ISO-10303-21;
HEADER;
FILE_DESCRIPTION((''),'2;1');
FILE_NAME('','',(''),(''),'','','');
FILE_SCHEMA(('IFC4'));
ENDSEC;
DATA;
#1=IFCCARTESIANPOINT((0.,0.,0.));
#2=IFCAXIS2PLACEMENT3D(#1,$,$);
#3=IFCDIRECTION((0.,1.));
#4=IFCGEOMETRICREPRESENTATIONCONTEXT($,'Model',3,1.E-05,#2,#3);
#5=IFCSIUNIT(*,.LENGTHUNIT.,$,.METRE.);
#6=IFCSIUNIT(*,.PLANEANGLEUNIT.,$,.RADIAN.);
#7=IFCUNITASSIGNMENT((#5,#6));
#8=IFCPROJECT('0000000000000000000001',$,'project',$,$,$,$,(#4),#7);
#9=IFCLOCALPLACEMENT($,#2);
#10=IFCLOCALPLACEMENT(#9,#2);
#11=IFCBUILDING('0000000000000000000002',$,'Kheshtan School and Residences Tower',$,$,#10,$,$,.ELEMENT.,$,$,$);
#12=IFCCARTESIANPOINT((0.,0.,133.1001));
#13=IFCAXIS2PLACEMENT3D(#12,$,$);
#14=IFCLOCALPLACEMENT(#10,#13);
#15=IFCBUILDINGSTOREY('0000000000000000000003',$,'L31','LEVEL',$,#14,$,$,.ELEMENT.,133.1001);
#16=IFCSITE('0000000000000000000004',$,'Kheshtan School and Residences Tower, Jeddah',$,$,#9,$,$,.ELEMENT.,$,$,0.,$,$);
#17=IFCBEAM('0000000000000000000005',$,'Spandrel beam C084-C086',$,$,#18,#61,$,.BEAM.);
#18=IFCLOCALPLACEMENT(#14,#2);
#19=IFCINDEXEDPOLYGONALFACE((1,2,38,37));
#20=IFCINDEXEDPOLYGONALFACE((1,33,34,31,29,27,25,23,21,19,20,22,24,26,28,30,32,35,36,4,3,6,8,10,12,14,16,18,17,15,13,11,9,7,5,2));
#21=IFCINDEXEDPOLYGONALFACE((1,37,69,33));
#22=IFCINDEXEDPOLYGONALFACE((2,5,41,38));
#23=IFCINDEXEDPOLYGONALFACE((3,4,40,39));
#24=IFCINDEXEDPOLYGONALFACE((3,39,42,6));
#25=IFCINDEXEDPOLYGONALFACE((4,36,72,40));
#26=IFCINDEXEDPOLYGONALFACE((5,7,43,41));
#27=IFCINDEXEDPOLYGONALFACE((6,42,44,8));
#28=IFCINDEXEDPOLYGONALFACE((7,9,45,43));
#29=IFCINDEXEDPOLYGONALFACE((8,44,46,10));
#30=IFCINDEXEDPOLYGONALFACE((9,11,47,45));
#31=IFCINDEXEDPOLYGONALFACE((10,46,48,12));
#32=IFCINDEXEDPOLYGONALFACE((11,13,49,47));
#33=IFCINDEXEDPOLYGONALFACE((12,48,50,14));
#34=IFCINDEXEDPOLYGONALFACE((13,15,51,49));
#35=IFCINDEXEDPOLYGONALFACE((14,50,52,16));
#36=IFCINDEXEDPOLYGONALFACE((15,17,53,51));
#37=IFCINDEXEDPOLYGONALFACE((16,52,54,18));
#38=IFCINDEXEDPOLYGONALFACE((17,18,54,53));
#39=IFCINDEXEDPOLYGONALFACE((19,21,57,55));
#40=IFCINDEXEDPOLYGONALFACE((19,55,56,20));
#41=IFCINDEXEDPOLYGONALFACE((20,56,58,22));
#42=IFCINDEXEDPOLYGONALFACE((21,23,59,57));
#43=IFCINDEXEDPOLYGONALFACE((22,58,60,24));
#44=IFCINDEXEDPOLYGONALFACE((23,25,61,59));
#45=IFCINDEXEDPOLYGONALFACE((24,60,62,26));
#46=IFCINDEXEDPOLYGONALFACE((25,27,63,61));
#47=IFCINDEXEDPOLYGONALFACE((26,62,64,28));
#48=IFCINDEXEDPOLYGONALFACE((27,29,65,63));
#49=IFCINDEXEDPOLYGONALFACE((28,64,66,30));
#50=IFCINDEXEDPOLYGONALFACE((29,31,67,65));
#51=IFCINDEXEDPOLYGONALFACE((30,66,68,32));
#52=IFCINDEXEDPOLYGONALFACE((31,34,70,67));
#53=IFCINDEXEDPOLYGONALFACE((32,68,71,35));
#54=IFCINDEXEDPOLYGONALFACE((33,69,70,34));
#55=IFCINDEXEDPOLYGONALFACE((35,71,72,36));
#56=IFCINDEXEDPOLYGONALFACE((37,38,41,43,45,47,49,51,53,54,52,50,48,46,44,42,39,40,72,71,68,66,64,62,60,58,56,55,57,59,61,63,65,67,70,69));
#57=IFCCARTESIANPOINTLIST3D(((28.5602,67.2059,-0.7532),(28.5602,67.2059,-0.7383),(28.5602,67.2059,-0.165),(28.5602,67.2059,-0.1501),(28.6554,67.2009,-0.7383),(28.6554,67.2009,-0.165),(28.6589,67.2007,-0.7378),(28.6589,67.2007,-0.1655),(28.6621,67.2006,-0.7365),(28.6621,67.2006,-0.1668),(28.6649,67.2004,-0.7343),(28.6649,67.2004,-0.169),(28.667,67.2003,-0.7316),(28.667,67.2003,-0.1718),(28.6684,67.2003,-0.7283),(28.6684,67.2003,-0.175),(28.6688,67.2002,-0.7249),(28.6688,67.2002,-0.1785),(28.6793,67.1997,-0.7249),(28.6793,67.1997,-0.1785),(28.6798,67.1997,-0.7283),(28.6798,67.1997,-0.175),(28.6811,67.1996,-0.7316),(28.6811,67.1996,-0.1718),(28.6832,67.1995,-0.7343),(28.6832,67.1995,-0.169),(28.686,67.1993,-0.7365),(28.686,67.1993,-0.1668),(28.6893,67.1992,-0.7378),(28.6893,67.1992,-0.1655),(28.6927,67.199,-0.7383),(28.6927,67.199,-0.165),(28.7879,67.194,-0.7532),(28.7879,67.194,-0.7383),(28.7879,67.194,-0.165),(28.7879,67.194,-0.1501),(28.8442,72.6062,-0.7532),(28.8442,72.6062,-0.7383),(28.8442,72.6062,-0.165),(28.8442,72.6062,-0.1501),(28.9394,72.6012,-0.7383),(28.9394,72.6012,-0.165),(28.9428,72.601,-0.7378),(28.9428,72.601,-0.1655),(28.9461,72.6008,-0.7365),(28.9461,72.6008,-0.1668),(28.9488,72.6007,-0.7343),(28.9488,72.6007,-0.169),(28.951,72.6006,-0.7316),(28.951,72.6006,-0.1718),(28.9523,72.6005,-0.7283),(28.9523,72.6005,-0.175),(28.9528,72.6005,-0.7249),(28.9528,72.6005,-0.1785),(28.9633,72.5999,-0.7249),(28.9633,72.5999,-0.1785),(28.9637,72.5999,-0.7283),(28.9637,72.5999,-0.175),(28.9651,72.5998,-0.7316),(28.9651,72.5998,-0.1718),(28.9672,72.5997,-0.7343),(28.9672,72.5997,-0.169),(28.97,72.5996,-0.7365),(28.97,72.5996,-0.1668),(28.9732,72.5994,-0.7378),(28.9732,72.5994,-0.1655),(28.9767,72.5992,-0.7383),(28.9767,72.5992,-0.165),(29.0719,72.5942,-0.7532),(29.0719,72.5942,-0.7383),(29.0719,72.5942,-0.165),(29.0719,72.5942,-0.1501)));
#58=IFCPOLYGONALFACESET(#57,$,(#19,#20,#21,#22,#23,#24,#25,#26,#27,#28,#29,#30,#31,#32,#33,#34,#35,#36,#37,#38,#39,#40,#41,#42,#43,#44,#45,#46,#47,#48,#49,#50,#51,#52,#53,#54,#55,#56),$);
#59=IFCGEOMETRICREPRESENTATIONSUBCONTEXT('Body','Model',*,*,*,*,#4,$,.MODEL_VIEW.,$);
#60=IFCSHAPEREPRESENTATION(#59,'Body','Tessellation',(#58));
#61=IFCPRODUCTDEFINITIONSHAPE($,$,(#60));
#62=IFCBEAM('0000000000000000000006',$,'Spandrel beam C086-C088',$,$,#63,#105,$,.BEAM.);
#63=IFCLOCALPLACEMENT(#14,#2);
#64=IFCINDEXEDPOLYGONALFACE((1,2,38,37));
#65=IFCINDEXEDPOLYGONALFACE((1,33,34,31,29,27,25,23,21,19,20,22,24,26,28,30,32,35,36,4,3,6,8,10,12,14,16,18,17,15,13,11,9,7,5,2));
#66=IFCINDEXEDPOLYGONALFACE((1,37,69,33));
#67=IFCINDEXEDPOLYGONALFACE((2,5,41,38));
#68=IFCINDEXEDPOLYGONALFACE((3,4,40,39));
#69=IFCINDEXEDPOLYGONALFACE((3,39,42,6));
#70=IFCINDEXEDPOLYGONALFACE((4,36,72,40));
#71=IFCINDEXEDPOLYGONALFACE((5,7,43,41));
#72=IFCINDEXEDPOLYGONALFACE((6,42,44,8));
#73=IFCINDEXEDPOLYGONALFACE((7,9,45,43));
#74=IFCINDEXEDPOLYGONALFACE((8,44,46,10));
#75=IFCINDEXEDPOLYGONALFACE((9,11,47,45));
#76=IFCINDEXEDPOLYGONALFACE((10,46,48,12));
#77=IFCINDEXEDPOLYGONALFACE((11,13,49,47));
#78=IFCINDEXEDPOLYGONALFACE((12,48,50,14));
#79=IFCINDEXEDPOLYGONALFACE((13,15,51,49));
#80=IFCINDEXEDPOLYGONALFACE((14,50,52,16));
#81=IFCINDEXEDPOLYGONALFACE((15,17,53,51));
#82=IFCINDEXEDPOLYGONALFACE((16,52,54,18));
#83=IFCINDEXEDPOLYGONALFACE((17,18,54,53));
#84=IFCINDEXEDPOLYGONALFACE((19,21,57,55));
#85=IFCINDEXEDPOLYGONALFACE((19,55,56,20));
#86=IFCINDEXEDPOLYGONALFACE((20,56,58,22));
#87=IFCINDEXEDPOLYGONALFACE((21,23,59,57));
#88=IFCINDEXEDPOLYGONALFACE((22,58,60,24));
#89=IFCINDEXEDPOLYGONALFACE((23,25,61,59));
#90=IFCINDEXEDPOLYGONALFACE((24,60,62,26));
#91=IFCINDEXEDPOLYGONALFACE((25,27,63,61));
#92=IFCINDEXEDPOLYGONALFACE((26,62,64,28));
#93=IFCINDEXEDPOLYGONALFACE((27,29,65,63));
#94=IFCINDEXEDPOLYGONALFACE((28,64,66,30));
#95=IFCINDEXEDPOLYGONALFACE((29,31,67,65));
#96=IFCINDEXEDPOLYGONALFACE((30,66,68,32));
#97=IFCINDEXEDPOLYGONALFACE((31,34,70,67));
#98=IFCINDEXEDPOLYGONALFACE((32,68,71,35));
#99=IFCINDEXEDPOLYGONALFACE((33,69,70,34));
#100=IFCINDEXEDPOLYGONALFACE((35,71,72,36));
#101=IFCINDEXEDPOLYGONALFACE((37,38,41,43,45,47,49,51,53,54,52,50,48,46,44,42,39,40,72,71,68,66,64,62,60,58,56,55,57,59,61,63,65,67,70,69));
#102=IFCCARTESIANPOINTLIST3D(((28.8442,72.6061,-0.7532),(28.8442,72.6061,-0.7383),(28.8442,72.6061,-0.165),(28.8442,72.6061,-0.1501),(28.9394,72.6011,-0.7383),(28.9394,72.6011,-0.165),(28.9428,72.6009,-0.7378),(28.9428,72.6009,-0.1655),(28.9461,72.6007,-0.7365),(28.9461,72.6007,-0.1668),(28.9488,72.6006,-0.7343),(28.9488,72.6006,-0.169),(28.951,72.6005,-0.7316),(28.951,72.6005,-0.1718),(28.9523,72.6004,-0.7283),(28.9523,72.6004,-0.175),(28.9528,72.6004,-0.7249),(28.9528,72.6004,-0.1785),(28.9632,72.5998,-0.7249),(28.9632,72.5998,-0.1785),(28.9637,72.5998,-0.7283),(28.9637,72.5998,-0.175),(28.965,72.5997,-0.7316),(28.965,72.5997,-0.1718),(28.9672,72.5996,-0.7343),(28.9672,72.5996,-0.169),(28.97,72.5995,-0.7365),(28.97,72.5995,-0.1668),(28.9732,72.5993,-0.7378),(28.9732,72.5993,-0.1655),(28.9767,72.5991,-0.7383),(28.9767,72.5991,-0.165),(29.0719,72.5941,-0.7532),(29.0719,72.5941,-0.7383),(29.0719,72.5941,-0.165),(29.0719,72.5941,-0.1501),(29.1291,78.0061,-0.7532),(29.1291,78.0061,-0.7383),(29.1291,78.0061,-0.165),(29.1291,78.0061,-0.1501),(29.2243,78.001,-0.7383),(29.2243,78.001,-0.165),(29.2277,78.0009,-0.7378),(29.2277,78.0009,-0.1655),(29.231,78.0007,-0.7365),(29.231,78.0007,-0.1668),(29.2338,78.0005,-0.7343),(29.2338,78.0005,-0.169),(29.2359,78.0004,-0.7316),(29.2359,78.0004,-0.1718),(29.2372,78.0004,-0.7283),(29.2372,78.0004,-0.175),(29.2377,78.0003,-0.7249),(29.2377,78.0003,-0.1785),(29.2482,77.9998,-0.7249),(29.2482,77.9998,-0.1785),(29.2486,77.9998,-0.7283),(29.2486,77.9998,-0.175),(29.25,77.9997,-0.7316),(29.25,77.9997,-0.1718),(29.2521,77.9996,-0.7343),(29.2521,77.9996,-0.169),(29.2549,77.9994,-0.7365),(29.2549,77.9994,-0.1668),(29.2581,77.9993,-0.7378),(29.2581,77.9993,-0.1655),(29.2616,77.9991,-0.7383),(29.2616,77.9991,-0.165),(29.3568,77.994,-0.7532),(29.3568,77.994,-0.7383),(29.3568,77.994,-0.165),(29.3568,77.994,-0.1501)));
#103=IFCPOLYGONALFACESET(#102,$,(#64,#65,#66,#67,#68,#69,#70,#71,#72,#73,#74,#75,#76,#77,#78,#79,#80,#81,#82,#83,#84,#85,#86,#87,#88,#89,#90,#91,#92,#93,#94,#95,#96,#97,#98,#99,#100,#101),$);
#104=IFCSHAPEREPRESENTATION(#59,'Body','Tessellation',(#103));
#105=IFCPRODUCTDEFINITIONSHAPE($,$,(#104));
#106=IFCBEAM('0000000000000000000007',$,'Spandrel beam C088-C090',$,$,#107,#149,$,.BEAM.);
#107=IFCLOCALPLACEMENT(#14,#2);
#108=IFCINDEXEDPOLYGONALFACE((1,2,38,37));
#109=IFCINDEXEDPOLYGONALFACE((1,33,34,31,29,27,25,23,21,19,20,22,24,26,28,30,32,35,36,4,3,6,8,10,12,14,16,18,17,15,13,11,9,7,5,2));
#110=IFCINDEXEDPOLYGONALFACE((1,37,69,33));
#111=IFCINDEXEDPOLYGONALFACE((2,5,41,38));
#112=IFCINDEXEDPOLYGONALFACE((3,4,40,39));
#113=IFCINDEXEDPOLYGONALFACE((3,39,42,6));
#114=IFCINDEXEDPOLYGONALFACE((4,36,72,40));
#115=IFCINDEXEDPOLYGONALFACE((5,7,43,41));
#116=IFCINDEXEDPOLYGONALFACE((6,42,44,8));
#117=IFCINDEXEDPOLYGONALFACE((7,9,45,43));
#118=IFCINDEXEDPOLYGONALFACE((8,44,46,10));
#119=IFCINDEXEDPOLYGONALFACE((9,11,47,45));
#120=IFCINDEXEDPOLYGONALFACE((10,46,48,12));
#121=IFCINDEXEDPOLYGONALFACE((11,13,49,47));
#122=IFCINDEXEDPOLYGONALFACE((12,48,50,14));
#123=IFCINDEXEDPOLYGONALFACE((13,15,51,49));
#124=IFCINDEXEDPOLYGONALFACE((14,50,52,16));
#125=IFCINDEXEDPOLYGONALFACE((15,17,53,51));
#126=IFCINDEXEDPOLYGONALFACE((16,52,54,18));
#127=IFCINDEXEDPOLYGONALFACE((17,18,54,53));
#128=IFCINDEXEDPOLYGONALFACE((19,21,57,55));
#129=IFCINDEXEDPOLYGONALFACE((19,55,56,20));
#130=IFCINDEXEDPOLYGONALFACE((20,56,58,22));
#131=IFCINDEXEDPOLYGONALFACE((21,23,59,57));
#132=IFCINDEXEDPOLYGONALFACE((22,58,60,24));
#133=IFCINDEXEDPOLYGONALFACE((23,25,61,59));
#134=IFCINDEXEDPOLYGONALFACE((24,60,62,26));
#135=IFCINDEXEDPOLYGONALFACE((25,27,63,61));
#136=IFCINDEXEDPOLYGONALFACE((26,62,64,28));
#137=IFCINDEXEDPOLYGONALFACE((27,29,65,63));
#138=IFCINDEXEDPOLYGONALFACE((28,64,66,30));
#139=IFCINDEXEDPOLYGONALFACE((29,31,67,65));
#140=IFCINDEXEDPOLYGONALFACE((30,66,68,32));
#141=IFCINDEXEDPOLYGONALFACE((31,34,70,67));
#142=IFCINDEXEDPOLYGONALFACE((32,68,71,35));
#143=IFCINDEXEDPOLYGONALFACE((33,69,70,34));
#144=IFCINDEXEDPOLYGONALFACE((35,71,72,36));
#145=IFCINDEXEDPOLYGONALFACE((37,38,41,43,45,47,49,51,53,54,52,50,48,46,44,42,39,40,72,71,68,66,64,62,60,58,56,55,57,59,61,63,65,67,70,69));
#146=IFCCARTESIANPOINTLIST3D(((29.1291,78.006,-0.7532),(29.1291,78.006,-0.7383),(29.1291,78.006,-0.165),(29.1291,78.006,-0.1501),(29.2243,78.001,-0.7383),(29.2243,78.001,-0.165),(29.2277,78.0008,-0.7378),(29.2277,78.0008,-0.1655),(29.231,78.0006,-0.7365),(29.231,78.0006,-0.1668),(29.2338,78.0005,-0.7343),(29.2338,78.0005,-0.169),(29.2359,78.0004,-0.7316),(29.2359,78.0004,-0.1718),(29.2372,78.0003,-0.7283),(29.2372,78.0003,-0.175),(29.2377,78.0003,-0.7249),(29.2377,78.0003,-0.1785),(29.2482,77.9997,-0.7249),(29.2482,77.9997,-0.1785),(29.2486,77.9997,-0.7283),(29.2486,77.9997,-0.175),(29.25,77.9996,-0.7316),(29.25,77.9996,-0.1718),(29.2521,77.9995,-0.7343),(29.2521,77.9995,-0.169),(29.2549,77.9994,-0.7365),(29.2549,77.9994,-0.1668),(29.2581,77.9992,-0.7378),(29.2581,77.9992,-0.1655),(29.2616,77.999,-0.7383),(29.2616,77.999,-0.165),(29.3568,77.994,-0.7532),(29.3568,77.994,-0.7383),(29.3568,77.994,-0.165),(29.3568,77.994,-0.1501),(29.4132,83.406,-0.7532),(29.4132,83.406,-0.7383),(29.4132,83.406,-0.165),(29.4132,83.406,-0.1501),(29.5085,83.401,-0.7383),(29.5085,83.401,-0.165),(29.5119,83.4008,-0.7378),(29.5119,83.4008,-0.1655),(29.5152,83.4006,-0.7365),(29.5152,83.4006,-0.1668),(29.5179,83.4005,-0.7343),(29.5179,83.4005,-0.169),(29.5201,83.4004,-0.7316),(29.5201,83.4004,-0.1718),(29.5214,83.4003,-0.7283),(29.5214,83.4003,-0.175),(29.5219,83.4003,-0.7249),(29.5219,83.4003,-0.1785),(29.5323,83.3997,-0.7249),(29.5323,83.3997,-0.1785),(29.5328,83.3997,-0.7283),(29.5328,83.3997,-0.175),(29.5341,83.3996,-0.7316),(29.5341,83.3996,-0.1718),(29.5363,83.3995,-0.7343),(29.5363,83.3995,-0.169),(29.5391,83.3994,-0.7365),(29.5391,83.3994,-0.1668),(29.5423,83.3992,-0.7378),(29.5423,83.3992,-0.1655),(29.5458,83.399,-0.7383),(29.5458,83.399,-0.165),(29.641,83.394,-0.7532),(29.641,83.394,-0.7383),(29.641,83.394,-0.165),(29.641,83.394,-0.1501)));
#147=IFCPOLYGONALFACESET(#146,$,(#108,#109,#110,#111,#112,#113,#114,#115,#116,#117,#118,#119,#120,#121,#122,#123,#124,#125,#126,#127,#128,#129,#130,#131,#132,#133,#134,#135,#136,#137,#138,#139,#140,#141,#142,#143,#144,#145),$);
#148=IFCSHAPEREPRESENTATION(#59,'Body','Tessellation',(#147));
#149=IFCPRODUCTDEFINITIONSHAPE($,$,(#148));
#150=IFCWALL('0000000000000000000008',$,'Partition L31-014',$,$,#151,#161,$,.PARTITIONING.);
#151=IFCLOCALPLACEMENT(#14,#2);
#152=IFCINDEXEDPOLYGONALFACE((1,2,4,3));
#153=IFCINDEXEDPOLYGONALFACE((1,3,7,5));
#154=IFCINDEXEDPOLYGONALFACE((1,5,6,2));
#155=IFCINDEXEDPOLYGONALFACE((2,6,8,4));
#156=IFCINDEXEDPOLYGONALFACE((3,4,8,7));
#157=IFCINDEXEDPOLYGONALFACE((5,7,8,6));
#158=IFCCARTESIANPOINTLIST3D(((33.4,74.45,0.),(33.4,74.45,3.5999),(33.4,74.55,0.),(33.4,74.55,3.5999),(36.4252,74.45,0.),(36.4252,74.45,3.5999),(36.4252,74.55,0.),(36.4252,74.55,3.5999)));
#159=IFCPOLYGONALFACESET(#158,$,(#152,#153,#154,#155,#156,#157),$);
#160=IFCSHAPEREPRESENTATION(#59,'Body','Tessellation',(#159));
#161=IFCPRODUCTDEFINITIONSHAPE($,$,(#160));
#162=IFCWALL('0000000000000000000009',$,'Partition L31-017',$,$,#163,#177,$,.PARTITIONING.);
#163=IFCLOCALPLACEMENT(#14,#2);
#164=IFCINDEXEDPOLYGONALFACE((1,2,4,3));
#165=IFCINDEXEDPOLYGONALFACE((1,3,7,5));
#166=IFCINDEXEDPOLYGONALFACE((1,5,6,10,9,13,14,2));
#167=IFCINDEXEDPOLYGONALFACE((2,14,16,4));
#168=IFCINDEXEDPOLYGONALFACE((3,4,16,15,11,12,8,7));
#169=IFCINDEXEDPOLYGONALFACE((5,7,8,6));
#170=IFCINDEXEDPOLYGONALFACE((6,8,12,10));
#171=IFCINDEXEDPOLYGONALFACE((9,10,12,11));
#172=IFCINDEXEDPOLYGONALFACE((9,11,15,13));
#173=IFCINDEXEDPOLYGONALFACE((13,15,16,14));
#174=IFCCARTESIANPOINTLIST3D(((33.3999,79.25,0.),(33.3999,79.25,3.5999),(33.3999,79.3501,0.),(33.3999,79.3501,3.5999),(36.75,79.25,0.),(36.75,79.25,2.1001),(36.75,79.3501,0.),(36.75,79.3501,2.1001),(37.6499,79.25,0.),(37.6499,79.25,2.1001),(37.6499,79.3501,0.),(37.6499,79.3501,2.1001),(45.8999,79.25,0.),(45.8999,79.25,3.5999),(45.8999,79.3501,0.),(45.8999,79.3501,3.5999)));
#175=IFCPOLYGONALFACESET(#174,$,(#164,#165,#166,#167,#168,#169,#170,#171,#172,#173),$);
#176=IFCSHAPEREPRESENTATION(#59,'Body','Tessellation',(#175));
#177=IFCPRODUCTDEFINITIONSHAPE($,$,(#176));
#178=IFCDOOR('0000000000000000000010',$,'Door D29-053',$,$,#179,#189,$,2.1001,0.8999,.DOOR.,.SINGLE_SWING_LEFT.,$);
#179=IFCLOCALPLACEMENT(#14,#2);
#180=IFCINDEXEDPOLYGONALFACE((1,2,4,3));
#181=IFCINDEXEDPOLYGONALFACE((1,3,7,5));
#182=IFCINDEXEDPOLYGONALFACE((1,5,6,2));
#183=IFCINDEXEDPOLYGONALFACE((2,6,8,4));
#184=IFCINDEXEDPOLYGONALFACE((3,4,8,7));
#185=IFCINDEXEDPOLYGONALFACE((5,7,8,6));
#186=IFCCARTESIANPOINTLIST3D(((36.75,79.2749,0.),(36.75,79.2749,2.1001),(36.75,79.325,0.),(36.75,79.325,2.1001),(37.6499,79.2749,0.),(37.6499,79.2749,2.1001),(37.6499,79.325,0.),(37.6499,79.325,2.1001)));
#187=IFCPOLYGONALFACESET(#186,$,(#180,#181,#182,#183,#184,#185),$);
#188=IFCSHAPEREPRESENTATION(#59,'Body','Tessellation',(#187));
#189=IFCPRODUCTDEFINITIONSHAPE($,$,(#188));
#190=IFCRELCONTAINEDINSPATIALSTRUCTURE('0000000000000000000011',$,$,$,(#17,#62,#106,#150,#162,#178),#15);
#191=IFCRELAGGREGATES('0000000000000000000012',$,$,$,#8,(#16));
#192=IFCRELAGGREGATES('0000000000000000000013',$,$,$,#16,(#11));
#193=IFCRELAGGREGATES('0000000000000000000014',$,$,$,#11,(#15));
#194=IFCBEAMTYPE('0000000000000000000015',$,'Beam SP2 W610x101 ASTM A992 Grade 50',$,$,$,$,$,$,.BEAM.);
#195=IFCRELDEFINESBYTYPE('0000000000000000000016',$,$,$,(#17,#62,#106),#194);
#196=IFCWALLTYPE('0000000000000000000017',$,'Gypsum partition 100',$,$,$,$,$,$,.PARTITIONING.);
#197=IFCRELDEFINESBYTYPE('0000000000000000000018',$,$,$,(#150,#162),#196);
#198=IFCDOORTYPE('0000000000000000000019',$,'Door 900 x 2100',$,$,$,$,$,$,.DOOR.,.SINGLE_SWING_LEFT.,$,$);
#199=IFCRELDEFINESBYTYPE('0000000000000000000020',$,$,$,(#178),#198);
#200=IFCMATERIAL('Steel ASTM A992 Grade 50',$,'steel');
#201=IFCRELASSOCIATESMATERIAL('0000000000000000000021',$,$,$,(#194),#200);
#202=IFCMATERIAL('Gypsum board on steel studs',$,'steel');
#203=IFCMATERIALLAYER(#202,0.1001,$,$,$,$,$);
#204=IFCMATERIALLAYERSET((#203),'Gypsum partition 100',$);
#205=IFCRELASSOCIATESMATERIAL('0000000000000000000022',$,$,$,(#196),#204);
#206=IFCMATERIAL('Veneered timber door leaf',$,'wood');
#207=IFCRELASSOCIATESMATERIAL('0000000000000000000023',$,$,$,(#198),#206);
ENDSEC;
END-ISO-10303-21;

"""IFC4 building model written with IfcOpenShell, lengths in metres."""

from ifc_helpers import new_model, si_unit, direction, frame, frame_2d, origin, origin_2d, place, context, subcontext, project, spatial, rectangle, i_section, extrude, source, transform, mapped, material, layer, layer_set, material_profile, profile_set, type_object, element, fill, save


model = new_model("IFC4")

# Units and contexts
model_context = context("Model", 3, precision=1e-05, world=origin(), true_north=direction((0.0, 1.0)))
body_context = subcontext(model_context, "Body", "Model", "MODEL_VIEW")
ifc_project = project(units=[si_unit("LENGTHUNIT", "METRE"), si_unit("PLANEANGLEUNIT", "RADIAN")], contexts=[model_context])

# Site, building, storey
site_placement = place(None, origin())
site = spatial("IfcSite", under=ifc_project, at=site_placement, Name="Kheshtan School and Residences Tower, Jeddah", CompositionType="ELEMENT", RefElevation=0.0)
building_placement = place(site_placement, origin())
building = spatial("IfcBuilding", under=site, at=building_placement, Name="Kheshtan School and Residences Tower", CompositionType="ELEMENT")
storey_placement = place(building_placement, frame((0.0, 0.0, 133.1001)))
storey = spatial("IfcBuildingStorey", under=building, at=storey_placement, Name="L31", Description="LEVEL", CompositionType="ELEMENT", Elevation=133.1001)

# Shared definitions
ifc_material_1 = material(Name="Steel ASTM A992 Grade 50", Category="steel")

# Beams
ifc_material_profile_1 = material_profile(ifc_material_1, i_section(OverallWidth=0.228, OverallDepth=0.603, WebThickness=0.0105, FlangeThickness=0.0149, FilletRadius=0.0134, at=origin_2d()), Name="W610x101")
ifc_profile_set_1 = profile_set([ifc_material_profile_1], Name="Steel ASTM A992 Grade 50")
beam_type_1 = type_object("IfcBeamType", Name="Beam SP2 W610x101 ASTM A992 Grade 50", PredefinedType="BEAM", material=ifc_profile_set_1)
beam_1_placement = place(storey_placement, frame((28.6741, 67.2, -0.4517), z_axis=(0.052507, 0.998621, 0.0), x_axis=(-0.998621, 0.052507, 0.0)))
element("IfcBeam", 1, at=beam_1_placement, inside=storey, type_object=beam_type_1, Name="Spandrel beam C084-C086", PredefinedType="BEAM", context=body_context, shape_type="SweptSolid", body=[
    extrude(i_section(OverallWidth=0.228, OverallDepth=0.603, WebThickness=0.0105, FlangeThickness=0.0149, FilletRadius=0.0134, at=origin_2d()), origin(), (0.0, 0.0, 1.0), 5.4077),
])
for number, where, z_axis, x_axis, name in (
    (2, (28.958, 72.6001, -0.4517), (0.052689, 0.998611, 0.0), (-0.998611, 0.052689, 0.0), "Spandrel beam C086-C088"),
    (3, (29.2429, 78.0, -0.4517), (0.052554, 0.998618, 0.0), (-0.998618, 0.052554, 0.0), "Spandrel beam C088-C090"),
):
    element("IfcBeam", number, at=place(storey_placement, frame(where, z_axis=z_axis, x_axis=x_axis)), inside=storey, type_object=beam_type_1, Name=name, PredefinedType="BEAM", context=body_context, shape_type="SweptSolid", body=[
        extrude(i_section(OverallWidth=0.228, OverallDepth=0.603, WebThickness=0.0105, FlangeThickness=0.0149, FilletRadius=0.0134, at=origin_2d()), origin(), (0.0, 0.0, 1.0), 5.4075),
    ])

# Wall
ifc_material_2 = material(Name="Gypsum board on steel studs", Category="steel")
ifc_layer_1 = layer(ifc_material_2, 0.1001)
ifc_layer_set_1 = layer_set([ifc_layer_1], Name="Gypsum partition 100")
wall_type_1 = type_object("IfcWallType", Name="Gypsum partition 100", PredefinedType="PARTITIONING", material=ifc_layer_set_1)
wall_1_placement = place(storey_placement, frame((33.3999, 74.5, 0.0), z_axis=(0.0, 0.0, 1.0), x_axis=(1.0, 0.0, 0.0)))
element("IfcWall", 4, at=wall_1_placement, inside=storey, type_object=wall_type_1, Name="Partition L31-014", PredefinedType="PARTITIONING", context=body_context, shape_type="SweptSolid", body=[
    extrude(rectangle(XDim=3.0251, YDim=0.1001, at=frame_2d((1.5127, 0.0))), origin(), (0.0, 0.0, 1.0), 3.5999),
])

# Wall, opening, door
wall_2_placement = place(storey_placement, frame((33.3999, 79.3, 0.0), z_axis=(0.0, 0.0, 1.0), x_axis=(1.0, 0.0, 0.0)))
wall_2 = element("IfcWall", 5, at=wall_2_placement, inside=storey, type_object=wall_type_1, Name="Partition L31-017", PredefinedType="PARTITIONING", context=body_context, shape_type="SweptSolid", body=[
    extrude(rectangle(XDim=12.5, YDim=0.1001, at=frame_2d((6.25, 0.0))), origin(), (0.0, 0.0, 1.0), 3.5999),
])
opening_1_placement = place(wall_2_placement, frame((3.3501, 0.0, 0.0)))
opening_1 = element("IfcOpeningElement", 6, at=opening_1_placement, cuts=wall_2, PredefinedType="OPENING", context=body_context, shape_type="SweptSolid", body=[
    extrude(rectangle(XDim=0.8999, YDim=2.1001, at=frame_2d((0.45, 1.05))), frame((0.0, 0.0601, 0.0), z_axis=(0.0, -1.0, 0.0), x_axis=(1.0, 0.0, 0.0)), (0.0, 0.0, 1.0), 0.1201),
])
ifc_material_3 = material(Name="Veneered timber door leaf", Category="wood")
door_type_1 = type_object("IfcDoorType", Name="Door 900 x 2100", OperationType="SINGLE_SWING_LEFT", PredefinedType="DOOR", material=ifc_material_3)
shared_shape_1 = source(origin(), body_context, "Body", "SweptSolid", [
    extrude(rectangle(XDim=0.8999, YDim=2.1001, at=frame_2d((0.45, 1.05))), frame((0.0, 0.0249, 0.0), z_axis=(0.0, -1.0, 0.0), x_axis=(1.0, 0.0, 0.0)), (0.0, 0.0, 1.0), 0.05),
])
door_1_placement = place(opening_1_placement, origin())
door_1 = element("IfcDoor", 7, at=door_1_placement, inside=storey, type_object=door_type_1, Name="Door D29-053", OperationType="SINGLE_SWING_LEFT", OverallHeight=2.1001, OverallWidth=0.8999, PredefinedType="DOOR", context=body_context, shape_type="MappedRepresentation", body=[
    mapped(shared_shape_1, transform((0.0, 0.0, 0.0), x_axis=(1.0, 0.0, 0.0), y_axis=(0.0, 1.0, 0.0), z_axis=(0.0, 0.0, 1.0), scale=1.0)),
])
fill(opening_1, door_1)

save(model, "model.ifc")
